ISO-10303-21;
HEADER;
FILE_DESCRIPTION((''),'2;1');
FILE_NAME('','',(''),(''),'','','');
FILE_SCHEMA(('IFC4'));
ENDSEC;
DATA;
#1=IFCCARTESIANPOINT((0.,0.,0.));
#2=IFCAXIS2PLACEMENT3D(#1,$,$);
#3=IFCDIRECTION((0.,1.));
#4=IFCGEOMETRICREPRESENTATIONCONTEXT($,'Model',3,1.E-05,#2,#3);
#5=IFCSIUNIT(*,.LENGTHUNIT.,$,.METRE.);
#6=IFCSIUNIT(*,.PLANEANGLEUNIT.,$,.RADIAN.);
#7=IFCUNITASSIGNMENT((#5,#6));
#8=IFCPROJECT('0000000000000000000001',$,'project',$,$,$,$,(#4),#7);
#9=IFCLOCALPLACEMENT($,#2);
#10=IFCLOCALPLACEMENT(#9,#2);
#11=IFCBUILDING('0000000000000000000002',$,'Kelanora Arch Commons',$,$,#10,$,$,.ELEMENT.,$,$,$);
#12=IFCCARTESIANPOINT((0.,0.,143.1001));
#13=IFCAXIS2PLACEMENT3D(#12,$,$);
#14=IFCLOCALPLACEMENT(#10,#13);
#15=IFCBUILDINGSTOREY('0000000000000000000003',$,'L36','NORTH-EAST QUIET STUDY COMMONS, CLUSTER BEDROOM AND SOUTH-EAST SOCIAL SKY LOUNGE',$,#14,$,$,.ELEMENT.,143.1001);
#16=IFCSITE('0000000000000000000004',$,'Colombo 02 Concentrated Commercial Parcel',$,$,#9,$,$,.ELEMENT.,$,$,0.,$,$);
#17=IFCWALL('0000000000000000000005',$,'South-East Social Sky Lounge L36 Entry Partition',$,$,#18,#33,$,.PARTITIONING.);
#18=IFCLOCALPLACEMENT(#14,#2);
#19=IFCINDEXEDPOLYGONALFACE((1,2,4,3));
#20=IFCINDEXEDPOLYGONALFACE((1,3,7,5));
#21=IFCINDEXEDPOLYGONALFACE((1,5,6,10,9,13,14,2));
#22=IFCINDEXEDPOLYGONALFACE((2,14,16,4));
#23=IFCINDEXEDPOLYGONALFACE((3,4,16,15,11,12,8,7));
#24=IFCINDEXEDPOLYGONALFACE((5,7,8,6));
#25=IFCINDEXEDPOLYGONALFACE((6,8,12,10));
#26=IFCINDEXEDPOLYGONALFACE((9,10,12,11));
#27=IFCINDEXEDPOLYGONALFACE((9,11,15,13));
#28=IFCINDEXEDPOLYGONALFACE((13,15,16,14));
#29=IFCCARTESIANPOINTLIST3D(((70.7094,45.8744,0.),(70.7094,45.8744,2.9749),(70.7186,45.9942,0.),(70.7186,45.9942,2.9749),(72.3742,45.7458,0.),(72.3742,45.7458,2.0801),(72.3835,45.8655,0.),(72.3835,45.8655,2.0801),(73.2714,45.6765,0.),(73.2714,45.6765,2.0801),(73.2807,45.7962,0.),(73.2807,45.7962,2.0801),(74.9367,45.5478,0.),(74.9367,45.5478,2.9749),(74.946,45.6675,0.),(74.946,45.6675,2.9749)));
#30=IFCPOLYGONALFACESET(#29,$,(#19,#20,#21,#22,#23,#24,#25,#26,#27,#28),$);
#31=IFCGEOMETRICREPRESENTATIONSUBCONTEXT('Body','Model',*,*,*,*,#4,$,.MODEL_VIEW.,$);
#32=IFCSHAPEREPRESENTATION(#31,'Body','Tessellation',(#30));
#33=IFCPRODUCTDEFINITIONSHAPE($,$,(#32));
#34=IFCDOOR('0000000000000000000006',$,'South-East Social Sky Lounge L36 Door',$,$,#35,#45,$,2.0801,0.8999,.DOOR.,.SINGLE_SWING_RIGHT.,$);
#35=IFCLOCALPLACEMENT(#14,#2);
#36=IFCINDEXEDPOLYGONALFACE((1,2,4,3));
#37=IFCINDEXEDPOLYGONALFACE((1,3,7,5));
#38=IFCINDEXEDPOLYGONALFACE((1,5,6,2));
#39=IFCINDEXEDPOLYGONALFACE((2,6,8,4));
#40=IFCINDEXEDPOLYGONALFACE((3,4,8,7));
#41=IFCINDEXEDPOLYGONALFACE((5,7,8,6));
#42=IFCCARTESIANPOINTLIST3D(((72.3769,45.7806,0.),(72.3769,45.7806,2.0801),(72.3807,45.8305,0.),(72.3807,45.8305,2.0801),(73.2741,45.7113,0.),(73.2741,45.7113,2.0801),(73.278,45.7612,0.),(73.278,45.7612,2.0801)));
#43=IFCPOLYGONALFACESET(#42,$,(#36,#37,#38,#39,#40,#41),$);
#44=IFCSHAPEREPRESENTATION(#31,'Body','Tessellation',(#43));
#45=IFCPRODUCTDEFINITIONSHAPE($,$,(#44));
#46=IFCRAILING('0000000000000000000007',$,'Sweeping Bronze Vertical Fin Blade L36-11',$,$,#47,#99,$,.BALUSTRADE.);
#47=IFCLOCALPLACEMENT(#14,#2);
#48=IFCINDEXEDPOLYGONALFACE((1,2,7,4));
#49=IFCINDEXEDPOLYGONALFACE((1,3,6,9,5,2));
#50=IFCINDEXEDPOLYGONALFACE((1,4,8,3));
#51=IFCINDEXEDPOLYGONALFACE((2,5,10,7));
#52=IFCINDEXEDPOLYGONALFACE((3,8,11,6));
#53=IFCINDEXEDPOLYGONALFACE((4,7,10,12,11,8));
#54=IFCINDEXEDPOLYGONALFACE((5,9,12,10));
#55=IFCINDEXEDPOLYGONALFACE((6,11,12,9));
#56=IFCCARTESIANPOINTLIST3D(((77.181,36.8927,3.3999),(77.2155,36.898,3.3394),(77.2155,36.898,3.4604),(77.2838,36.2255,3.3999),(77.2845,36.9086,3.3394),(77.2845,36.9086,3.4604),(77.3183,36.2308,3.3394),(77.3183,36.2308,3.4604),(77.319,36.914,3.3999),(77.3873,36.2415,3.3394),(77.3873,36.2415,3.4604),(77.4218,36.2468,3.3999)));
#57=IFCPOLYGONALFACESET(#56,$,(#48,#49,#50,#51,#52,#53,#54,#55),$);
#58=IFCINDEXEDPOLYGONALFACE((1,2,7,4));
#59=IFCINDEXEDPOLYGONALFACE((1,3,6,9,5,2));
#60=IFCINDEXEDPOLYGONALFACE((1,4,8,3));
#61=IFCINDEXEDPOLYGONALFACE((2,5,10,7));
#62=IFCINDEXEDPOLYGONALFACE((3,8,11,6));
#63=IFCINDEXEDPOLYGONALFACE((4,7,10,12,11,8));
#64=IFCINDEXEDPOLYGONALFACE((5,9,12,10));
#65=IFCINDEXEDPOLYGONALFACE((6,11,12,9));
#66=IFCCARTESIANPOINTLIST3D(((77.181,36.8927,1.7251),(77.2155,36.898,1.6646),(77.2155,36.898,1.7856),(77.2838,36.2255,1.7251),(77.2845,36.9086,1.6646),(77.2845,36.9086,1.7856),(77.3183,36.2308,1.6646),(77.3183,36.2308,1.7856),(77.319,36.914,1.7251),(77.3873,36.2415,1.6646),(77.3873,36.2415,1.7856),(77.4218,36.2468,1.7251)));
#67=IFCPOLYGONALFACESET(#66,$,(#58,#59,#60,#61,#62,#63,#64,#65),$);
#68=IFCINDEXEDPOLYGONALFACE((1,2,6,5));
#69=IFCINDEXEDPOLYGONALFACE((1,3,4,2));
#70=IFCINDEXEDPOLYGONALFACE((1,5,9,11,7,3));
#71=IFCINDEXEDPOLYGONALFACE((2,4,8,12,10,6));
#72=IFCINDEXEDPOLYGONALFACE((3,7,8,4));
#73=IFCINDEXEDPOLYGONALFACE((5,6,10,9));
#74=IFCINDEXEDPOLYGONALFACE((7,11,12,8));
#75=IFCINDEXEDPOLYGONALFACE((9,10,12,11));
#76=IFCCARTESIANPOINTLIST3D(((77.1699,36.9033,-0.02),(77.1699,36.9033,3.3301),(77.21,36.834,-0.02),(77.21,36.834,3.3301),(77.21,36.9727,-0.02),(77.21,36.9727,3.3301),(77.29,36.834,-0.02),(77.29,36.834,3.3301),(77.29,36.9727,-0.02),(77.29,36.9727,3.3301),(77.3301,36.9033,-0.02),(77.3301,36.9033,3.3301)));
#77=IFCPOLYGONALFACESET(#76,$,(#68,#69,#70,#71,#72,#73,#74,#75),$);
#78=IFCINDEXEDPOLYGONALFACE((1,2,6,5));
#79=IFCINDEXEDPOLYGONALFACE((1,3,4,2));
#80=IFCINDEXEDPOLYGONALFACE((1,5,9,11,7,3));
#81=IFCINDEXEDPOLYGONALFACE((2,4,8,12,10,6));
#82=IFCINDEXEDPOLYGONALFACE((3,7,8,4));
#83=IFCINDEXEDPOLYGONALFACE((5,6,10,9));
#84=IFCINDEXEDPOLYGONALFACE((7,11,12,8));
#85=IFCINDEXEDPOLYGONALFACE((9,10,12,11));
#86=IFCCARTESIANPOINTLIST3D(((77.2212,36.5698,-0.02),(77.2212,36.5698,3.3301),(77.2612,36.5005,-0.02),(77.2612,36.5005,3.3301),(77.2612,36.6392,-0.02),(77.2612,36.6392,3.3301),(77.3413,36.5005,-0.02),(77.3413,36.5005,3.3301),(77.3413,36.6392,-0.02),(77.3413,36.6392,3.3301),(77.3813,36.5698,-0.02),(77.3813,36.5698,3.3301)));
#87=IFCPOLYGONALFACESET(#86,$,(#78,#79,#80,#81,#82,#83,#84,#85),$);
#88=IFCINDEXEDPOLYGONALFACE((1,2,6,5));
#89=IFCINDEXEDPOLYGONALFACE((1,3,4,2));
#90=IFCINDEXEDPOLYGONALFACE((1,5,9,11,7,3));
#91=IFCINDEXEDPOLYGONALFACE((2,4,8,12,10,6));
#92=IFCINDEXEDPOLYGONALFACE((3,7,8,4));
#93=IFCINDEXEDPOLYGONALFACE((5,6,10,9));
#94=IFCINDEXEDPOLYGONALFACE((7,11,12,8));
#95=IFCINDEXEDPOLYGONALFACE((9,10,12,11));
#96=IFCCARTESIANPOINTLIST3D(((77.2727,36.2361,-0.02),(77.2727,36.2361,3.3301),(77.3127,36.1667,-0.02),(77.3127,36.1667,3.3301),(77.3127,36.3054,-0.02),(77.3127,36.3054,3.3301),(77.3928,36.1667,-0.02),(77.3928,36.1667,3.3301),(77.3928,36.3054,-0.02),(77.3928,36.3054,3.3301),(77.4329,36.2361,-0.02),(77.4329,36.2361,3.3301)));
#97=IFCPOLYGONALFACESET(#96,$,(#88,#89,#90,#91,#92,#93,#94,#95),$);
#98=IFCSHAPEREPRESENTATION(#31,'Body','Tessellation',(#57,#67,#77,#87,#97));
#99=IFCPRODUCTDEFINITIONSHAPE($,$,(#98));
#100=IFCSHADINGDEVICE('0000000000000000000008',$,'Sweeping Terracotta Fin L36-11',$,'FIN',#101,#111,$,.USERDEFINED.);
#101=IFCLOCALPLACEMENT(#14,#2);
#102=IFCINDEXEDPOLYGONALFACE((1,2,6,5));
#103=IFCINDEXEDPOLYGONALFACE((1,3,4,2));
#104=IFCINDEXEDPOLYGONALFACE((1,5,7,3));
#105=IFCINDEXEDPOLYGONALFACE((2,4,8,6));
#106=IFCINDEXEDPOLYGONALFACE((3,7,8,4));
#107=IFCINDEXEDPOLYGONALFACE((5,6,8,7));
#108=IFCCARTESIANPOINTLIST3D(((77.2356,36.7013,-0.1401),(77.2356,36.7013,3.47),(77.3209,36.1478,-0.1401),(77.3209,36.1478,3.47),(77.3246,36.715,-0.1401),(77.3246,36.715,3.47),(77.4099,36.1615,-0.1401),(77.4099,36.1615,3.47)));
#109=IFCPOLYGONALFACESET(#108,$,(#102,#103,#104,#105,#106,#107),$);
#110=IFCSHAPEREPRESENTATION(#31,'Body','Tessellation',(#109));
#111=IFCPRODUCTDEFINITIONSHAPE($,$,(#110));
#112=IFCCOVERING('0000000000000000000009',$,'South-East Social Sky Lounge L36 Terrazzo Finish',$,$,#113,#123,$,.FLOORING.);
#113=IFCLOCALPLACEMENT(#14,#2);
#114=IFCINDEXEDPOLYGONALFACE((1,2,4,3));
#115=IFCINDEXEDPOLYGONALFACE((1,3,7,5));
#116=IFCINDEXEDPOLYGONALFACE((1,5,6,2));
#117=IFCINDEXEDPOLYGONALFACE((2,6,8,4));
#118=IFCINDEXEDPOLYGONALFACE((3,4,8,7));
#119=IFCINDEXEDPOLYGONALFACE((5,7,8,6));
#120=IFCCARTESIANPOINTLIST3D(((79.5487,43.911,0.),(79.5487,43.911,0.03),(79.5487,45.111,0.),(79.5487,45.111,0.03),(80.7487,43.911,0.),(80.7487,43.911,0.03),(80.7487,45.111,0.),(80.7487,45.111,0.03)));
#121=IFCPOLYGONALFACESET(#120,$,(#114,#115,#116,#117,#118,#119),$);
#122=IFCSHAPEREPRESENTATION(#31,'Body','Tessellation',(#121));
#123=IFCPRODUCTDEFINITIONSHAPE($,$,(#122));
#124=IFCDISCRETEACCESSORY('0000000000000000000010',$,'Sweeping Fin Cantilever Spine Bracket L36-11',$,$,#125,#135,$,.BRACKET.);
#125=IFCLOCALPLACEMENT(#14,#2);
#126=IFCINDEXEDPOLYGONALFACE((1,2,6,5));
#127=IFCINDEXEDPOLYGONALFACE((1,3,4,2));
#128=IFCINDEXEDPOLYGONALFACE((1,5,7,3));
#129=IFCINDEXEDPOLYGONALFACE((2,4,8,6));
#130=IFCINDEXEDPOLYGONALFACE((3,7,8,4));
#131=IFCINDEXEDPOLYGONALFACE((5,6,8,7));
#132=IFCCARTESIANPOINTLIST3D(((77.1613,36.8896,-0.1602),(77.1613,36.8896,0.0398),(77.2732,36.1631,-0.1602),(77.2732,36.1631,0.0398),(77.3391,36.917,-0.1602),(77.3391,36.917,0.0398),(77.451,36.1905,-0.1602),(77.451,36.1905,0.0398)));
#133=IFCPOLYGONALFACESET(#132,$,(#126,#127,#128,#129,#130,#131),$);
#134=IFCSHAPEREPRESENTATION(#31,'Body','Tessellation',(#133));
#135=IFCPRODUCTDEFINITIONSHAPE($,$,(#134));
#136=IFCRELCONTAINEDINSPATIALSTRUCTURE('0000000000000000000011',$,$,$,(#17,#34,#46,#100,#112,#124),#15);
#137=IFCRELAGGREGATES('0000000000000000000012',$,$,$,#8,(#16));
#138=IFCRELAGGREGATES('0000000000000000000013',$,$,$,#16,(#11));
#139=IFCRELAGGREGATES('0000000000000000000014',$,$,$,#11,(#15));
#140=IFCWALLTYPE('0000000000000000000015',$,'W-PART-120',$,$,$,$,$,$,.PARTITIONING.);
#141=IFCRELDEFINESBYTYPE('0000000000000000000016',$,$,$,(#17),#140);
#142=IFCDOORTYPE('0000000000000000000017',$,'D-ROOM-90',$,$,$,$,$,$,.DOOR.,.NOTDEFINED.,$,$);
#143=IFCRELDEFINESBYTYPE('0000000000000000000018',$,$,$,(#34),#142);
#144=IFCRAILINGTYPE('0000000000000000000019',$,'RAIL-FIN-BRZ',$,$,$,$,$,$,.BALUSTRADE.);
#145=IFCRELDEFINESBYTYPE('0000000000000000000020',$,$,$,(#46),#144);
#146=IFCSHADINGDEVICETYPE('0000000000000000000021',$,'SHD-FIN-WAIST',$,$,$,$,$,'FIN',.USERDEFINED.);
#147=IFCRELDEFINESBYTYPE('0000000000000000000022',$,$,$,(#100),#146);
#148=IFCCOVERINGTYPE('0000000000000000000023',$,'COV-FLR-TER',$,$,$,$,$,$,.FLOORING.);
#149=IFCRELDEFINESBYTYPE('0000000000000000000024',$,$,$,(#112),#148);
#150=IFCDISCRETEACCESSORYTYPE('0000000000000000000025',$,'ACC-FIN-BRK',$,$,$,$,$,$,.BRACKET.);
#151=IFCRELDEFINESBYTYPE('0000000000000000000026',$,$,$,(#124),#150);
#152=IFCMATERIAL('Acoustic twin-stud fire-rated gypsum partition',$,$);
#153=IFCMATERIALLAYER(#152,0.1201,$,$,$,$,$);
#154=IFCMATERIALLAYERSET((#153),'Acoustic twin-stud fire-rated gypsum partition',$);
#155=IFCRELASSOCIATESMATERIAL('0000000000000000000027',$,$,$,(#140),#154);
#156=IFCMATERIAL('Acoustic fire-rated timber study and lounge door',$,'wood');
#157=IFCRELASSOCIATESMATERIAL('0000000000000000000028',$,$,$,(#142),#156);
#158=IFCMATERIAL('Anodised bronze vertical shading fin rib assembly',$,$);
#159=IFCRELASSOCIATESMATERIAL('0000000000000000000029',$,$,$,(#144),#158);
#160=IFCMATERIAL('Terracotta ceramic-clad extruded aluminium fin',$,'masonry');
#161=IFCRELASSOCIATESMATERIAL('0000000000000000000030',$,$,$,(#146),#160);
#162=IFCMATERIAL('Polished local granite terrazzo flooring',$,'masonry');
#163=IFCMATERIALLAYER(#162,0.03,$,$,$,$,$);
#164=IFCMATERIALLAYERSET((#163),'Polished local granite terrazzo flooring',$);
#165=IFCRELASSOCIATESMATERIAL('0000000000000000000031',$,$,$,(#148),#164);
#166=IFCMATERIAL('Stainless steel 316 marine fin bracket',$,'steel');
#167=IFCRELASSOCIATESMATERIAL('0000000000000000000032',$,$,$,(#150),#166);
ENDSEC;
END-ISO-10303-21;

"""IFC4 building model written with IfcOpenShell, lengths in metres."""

from ifc_helpers import new_model, si_unit, direction, frame, frame_2d, origin, origin_2d, place, context, subcontext, project, spatial, polyline, rectangle, outline, extrude, source, transform, mapped, material, layer, layer_set, type_object, element, fill, save


model = new_model("IFC4")

# Units and contexts
model_context = context("Model", 3, precision=1e-05, world=origin(), true_north=direction((0.0, 1.0)))
body_context = subcontext(model_context, "Body", "Model", "MODEL_VIEW")
ifc_project = project(units=[si_unit("LENGTHUNIT", "METRE"), si_unit("PLANEANGLEUNIT", "RADIAN")], contexts=[model_context])

# Site, building, storey
site_placement = place(None, origin())
site = spatial("IfcSite", under=ifc_project, at=site_placement, Name="Colombo 02 Concentrated Commercial Parcel", CompositionType="ELEMENT", RefElevation=0.0)
building_placement = place(site_placement, origin())
building = spatial("IfcBuilding", under=site, at=building_placement, Name="Kelanora Arch Commons", CompositionType="ELEMENT")
storey_placement = place(building_placement, frame((0.0, 0.0, 143.1001)))
storey = spatial("IfcBuildingStorey", under=building, at=storey_placement, Name="L36", Description="NORTH-EAST QUIET STUDY COMMONS, CLUSTER BEDROOM AND SOUTH-EAST SOCIAL SKY LOUNGE", CompositionType="ELEMENT", Elevation=143.1001)

# Wall, opening, door
ifc_material_1 = material(Name="Acoustic twin-stud fire-rated gypsum partition")
ifc_layer_1 = layer(ifc_material_1, 0.1201)
ifc_layer_set_1 = layer_set([ifc_layer_1], Name="Acoustic twin-stud fire-rated gypsum partition")
wall_type_1 = type_object("IfcWallType", Name="W-PART-120", PredefinedType="PARTITIONING", material=ifc_layer_set_1)
wall_1_placement = place(storey_placement, frame((70.7139, 45.9343, 0.0), z_axis=(0.0, 0.0, 1.0), x_axis=(0.997028, -0.077044, 0.0)))
wall_1 = element("IfcWall", 1, at=wall_1_placement, inside=storey, type_object=wall_type_1, Name="South-East Social Sky Lounge L36 Entry Partition", PredefinedType="PARTITIONING", context=body_context, shape_type="SweptSolid", body=[
    extrude(rectangle(XDim=4.24, YDim=0.1201, at=frame_2d((2.1201, 0.0))), origin(), (0.0, 0.0, 1.0), 2.9749),
])
opening_placement = place(wall_1_placement, frame((1.6699, 0.0, 0.0)))
opening = element("IfcOpeningElement", 2, at=opening_placement, cuts=wall_1, PredefinedType="OPENING", context=body_context, shape_type="SweptSolid", body=[
    extrude(rectangle(XDim=0.8999, YDim=2.0801, at=frame_2d((0.45, 1.04))), frame((0.0, 0.0701, 0.0), z_axis=(0.0, -1.0, 0.0), x_axis=(1.0, 0.0, 0.0)), (0.0, 0.0, 1.0), 0.1401),
])
ifc_material_2 = material(Name="Acoustic fire-rated timber study and lounge door", Category="wood")
door_type = type_object("IfcDoorType", Name="D-ROOM-90", OperationType="NOTDEFINED", PredefinedType="DOOR", material=ifc_material_2)
door_placement = place(opening_placement, origin())
door = element("IfcDoor", 3, at=door_placement, inside=storey, type_object=door_type, Name="South-East Social Sky Lounge L36 Door", OperationType="SINGLE_SWING_RIGHT", OverallHeight=2.0801, OverallWidth=0.8999, PredefinedType="DOOR", context=body_context, shape_type="SweptSolid", body=[
    extrude(rectangle(XDim=0.8999, YDim=2.0801, at=frame_2d((0.45, 1.04))), frame((0.0, 0.0249, 0.0), z_axis=(0.0, -1.0, 0.0), x_axis=(1.0, 0.0, 0.0)), (0.0, 0.0, 1.0), 0.05),
])
fill(opening, door)

# Railing
ifc_material_3 = material(Name="Anodised bronze vertical shading fin rib assembly")
railing_type = type_object("IfcRailingType", Name="RAIL-FIN-BRZ", PredefinedType="BALUSTRADE", material=ifc_material_3)
railing_placement = place(storey_placement, frame((77.25, 36.9033, -0.02)))
element("IfcRailing", 4, at=railing_placement, inside=storey, type_object=railing_type, Name="Sweeping Bronze Vertical Fin Blade L36-11", PredefinedType="BALUSTRADE", context=body_context, shape_type="SweptSolid", body=[
    extrude(outline(polyline([(0.0698, 0.0), (0.0349, 0.0605), (-0.0349, 0.0605), (-0.0698, 0.0), (-0.0349, -0.0605), (0.0349, -0.0605), (0.0698, 0.0)])), frame((0.0, 0.0, 3.4199), z_axis=(0.152247, -0.988342, 0.0), x_axis=(0.988342, 0.152247, 0.0)), (0.0, 0.0, 1.0), 0.675),
    extrude(outline(polyline([(0.0698, 0.0), (0.0349, 0.0605), (-0.0349, 0.0605), (-0.0698, 0.0), (-0.0349, -0.0605), (0.0349, -0.0605), (0.0698, 0.0)])), frame((0.0, 0.0, 1.7451), z_axis=(0.152247, -0.988342, 0.0), x_axis=(0.988342, 0.152247, 0.0)), (0.0, 0.0, 1.0), 0.675),
    extrude(outline(polyline([(0.0801, 0.0), (0.04, 0.0693), (-0.04, 0.0693), (-0.0801, 0.0), (-0.04, -0.0693), (0.04, -0.0693), (0.0801, 0.0)])), origin(), (0.0, 0.0, 1.0), 3.3501),
    extrude(outline(polyline([(0.0801, 0.0), (0.04, 0.0693), (-0.04, 0.0693), (-0.0801, 0.0), (-0.04, -0.0693), (0.04, -0.0693), (0.0801, 0.0)])), frame((0.0513, -0.3335, 0.0)), (0.0, 0.0, 1.0), 3.3501),
    extrude(outline(polyline([(0.0801, 0.0), (0.04, 0.0693), (-0.04, 0.0693), (-0.0801, 0.0), (-0.04, -0.0693), (0.04, -0.0693), (0.0801, 0.0)])), frame((0.1028, -0.6672, 0.0)), (0.0, 0.0, 1.0), 3.3501),
])

# Shading device
ifc_material_4 = material(Name="Terracotta ceramic-clad extruded aluminium fin", Category="masonry")
shading_device_type = type_object("IfcShadingDeviceType", Name="SHD-FIN-WAIST", ElementType="FIN", PredefinedType="USERDEFINED", material=ifc_material_4)
shared_shape_1 = source(origin(), body_context, "Body", "SweptSolid", [
    extrude(rectangle(XDim=0.5601, YDim=0.0901, at=origin_2d()), origin(), (0.0, 0.0, 1.0), 3.6101),
])
shading_device_placement = place(storey_placement, frame((77.3228, 36.4314, -0.1401), z_axis=(0.0, 0.0, 1.0), x_axis=(0.152296, -0.988335, 0.0)))
element("IfcShadingDevice", 5, at=shading_device_placement, inside=storey, type_object=shading_device_type, Name="Sweeping Terracotta Fin L36-11", ObjectType="FIN", PredefinedType="USERDEFINED", context=body_context, shape_type="MappedRepresentation", body=[
    mapped(shared_shape_1, transform((0.0, 0.0, 0.0), scale=1.0)),
])

# Covering
ifc_material_5 = material(Name="Polished local granite terrazzo flooring", Category="masonry")
ifc_layer_2 = layer(ifc_material_5, 0.03)
ifc_layer_set_2 = layer_set([ifc_layer_2], Name="Polished local granite terrazzo flooring")
covering_type = type_object("IfcCoveringType", Name="COV-FLR-TER", PredefinedType="FLOORING", material=ifc_layer_set_2)
shared_shape_2 = source(origin(), body_context, "Body", "SweptSolid", [
    extrude(rectangle(XDim=1.2, YDim=1.2, at=origin_2d()), origin(), (0.0, 0.0, 1.0), 0.03),
])
covering_placement = place(storey_placement, frame((80.1487, 44.511, 0.0), z_axis=(0.0, 0.0, 1.0), x_axis=(1.0, 0.0, 0.0)))
element("IfcCovering", 6, at=covering_placement, inside=storey, type_object=covering_type, Name="South-East Social Sky Lounge L36 Terrazzo Finish", PredefinedType="FLOORING", context=body_context, shape_type="MappedRepresentation", body=[
    mapped(shared_shape_2, transform((0.0, 0.0, 0.0), scale=1.0)),
])

# Discrete accessory
ifc_material_6 = material(Name="Stainless steel 316 marine fin bracket", Category="steel")
discrete_accessory_type = type_object("IfcDiscreteAccessoryType", Name="ACC-FIN-BRK", PredefinedType="BRACKET", material=ifc_material_6)
shared_shape_3 = source(origin(), body_context, "Body", "SweptSolid", [
    extrude(rectangle(XDim=0.7351, YDim=0.1799, at=origin_2d()), origin(), (0.0, 0.0, 1.0), 0.2),
])
discrete_accessory_placement = place(storey_placement, frame((77.3062, 36.54, -0.1602), z_axis=(0.0, 0.0, 1.0), x_axis=(0.152296, -0.988335, 0.0)))
element("IfcDiscreteAccessory", 7, at=discrete_accessory_placement, inside=storey, type_object=discrete_accessory_type, Name="Sweeping Fin Cantilever Spine Bracket L36-11", PredefinedType="BRACKET", context=body_context, shape_type="MappedRepresentation", body=[
    mapped(shared_shape_3, transform((0.0, 0.0, 0.0), scale=1.0)),
])

save(model, "model.ifc")
